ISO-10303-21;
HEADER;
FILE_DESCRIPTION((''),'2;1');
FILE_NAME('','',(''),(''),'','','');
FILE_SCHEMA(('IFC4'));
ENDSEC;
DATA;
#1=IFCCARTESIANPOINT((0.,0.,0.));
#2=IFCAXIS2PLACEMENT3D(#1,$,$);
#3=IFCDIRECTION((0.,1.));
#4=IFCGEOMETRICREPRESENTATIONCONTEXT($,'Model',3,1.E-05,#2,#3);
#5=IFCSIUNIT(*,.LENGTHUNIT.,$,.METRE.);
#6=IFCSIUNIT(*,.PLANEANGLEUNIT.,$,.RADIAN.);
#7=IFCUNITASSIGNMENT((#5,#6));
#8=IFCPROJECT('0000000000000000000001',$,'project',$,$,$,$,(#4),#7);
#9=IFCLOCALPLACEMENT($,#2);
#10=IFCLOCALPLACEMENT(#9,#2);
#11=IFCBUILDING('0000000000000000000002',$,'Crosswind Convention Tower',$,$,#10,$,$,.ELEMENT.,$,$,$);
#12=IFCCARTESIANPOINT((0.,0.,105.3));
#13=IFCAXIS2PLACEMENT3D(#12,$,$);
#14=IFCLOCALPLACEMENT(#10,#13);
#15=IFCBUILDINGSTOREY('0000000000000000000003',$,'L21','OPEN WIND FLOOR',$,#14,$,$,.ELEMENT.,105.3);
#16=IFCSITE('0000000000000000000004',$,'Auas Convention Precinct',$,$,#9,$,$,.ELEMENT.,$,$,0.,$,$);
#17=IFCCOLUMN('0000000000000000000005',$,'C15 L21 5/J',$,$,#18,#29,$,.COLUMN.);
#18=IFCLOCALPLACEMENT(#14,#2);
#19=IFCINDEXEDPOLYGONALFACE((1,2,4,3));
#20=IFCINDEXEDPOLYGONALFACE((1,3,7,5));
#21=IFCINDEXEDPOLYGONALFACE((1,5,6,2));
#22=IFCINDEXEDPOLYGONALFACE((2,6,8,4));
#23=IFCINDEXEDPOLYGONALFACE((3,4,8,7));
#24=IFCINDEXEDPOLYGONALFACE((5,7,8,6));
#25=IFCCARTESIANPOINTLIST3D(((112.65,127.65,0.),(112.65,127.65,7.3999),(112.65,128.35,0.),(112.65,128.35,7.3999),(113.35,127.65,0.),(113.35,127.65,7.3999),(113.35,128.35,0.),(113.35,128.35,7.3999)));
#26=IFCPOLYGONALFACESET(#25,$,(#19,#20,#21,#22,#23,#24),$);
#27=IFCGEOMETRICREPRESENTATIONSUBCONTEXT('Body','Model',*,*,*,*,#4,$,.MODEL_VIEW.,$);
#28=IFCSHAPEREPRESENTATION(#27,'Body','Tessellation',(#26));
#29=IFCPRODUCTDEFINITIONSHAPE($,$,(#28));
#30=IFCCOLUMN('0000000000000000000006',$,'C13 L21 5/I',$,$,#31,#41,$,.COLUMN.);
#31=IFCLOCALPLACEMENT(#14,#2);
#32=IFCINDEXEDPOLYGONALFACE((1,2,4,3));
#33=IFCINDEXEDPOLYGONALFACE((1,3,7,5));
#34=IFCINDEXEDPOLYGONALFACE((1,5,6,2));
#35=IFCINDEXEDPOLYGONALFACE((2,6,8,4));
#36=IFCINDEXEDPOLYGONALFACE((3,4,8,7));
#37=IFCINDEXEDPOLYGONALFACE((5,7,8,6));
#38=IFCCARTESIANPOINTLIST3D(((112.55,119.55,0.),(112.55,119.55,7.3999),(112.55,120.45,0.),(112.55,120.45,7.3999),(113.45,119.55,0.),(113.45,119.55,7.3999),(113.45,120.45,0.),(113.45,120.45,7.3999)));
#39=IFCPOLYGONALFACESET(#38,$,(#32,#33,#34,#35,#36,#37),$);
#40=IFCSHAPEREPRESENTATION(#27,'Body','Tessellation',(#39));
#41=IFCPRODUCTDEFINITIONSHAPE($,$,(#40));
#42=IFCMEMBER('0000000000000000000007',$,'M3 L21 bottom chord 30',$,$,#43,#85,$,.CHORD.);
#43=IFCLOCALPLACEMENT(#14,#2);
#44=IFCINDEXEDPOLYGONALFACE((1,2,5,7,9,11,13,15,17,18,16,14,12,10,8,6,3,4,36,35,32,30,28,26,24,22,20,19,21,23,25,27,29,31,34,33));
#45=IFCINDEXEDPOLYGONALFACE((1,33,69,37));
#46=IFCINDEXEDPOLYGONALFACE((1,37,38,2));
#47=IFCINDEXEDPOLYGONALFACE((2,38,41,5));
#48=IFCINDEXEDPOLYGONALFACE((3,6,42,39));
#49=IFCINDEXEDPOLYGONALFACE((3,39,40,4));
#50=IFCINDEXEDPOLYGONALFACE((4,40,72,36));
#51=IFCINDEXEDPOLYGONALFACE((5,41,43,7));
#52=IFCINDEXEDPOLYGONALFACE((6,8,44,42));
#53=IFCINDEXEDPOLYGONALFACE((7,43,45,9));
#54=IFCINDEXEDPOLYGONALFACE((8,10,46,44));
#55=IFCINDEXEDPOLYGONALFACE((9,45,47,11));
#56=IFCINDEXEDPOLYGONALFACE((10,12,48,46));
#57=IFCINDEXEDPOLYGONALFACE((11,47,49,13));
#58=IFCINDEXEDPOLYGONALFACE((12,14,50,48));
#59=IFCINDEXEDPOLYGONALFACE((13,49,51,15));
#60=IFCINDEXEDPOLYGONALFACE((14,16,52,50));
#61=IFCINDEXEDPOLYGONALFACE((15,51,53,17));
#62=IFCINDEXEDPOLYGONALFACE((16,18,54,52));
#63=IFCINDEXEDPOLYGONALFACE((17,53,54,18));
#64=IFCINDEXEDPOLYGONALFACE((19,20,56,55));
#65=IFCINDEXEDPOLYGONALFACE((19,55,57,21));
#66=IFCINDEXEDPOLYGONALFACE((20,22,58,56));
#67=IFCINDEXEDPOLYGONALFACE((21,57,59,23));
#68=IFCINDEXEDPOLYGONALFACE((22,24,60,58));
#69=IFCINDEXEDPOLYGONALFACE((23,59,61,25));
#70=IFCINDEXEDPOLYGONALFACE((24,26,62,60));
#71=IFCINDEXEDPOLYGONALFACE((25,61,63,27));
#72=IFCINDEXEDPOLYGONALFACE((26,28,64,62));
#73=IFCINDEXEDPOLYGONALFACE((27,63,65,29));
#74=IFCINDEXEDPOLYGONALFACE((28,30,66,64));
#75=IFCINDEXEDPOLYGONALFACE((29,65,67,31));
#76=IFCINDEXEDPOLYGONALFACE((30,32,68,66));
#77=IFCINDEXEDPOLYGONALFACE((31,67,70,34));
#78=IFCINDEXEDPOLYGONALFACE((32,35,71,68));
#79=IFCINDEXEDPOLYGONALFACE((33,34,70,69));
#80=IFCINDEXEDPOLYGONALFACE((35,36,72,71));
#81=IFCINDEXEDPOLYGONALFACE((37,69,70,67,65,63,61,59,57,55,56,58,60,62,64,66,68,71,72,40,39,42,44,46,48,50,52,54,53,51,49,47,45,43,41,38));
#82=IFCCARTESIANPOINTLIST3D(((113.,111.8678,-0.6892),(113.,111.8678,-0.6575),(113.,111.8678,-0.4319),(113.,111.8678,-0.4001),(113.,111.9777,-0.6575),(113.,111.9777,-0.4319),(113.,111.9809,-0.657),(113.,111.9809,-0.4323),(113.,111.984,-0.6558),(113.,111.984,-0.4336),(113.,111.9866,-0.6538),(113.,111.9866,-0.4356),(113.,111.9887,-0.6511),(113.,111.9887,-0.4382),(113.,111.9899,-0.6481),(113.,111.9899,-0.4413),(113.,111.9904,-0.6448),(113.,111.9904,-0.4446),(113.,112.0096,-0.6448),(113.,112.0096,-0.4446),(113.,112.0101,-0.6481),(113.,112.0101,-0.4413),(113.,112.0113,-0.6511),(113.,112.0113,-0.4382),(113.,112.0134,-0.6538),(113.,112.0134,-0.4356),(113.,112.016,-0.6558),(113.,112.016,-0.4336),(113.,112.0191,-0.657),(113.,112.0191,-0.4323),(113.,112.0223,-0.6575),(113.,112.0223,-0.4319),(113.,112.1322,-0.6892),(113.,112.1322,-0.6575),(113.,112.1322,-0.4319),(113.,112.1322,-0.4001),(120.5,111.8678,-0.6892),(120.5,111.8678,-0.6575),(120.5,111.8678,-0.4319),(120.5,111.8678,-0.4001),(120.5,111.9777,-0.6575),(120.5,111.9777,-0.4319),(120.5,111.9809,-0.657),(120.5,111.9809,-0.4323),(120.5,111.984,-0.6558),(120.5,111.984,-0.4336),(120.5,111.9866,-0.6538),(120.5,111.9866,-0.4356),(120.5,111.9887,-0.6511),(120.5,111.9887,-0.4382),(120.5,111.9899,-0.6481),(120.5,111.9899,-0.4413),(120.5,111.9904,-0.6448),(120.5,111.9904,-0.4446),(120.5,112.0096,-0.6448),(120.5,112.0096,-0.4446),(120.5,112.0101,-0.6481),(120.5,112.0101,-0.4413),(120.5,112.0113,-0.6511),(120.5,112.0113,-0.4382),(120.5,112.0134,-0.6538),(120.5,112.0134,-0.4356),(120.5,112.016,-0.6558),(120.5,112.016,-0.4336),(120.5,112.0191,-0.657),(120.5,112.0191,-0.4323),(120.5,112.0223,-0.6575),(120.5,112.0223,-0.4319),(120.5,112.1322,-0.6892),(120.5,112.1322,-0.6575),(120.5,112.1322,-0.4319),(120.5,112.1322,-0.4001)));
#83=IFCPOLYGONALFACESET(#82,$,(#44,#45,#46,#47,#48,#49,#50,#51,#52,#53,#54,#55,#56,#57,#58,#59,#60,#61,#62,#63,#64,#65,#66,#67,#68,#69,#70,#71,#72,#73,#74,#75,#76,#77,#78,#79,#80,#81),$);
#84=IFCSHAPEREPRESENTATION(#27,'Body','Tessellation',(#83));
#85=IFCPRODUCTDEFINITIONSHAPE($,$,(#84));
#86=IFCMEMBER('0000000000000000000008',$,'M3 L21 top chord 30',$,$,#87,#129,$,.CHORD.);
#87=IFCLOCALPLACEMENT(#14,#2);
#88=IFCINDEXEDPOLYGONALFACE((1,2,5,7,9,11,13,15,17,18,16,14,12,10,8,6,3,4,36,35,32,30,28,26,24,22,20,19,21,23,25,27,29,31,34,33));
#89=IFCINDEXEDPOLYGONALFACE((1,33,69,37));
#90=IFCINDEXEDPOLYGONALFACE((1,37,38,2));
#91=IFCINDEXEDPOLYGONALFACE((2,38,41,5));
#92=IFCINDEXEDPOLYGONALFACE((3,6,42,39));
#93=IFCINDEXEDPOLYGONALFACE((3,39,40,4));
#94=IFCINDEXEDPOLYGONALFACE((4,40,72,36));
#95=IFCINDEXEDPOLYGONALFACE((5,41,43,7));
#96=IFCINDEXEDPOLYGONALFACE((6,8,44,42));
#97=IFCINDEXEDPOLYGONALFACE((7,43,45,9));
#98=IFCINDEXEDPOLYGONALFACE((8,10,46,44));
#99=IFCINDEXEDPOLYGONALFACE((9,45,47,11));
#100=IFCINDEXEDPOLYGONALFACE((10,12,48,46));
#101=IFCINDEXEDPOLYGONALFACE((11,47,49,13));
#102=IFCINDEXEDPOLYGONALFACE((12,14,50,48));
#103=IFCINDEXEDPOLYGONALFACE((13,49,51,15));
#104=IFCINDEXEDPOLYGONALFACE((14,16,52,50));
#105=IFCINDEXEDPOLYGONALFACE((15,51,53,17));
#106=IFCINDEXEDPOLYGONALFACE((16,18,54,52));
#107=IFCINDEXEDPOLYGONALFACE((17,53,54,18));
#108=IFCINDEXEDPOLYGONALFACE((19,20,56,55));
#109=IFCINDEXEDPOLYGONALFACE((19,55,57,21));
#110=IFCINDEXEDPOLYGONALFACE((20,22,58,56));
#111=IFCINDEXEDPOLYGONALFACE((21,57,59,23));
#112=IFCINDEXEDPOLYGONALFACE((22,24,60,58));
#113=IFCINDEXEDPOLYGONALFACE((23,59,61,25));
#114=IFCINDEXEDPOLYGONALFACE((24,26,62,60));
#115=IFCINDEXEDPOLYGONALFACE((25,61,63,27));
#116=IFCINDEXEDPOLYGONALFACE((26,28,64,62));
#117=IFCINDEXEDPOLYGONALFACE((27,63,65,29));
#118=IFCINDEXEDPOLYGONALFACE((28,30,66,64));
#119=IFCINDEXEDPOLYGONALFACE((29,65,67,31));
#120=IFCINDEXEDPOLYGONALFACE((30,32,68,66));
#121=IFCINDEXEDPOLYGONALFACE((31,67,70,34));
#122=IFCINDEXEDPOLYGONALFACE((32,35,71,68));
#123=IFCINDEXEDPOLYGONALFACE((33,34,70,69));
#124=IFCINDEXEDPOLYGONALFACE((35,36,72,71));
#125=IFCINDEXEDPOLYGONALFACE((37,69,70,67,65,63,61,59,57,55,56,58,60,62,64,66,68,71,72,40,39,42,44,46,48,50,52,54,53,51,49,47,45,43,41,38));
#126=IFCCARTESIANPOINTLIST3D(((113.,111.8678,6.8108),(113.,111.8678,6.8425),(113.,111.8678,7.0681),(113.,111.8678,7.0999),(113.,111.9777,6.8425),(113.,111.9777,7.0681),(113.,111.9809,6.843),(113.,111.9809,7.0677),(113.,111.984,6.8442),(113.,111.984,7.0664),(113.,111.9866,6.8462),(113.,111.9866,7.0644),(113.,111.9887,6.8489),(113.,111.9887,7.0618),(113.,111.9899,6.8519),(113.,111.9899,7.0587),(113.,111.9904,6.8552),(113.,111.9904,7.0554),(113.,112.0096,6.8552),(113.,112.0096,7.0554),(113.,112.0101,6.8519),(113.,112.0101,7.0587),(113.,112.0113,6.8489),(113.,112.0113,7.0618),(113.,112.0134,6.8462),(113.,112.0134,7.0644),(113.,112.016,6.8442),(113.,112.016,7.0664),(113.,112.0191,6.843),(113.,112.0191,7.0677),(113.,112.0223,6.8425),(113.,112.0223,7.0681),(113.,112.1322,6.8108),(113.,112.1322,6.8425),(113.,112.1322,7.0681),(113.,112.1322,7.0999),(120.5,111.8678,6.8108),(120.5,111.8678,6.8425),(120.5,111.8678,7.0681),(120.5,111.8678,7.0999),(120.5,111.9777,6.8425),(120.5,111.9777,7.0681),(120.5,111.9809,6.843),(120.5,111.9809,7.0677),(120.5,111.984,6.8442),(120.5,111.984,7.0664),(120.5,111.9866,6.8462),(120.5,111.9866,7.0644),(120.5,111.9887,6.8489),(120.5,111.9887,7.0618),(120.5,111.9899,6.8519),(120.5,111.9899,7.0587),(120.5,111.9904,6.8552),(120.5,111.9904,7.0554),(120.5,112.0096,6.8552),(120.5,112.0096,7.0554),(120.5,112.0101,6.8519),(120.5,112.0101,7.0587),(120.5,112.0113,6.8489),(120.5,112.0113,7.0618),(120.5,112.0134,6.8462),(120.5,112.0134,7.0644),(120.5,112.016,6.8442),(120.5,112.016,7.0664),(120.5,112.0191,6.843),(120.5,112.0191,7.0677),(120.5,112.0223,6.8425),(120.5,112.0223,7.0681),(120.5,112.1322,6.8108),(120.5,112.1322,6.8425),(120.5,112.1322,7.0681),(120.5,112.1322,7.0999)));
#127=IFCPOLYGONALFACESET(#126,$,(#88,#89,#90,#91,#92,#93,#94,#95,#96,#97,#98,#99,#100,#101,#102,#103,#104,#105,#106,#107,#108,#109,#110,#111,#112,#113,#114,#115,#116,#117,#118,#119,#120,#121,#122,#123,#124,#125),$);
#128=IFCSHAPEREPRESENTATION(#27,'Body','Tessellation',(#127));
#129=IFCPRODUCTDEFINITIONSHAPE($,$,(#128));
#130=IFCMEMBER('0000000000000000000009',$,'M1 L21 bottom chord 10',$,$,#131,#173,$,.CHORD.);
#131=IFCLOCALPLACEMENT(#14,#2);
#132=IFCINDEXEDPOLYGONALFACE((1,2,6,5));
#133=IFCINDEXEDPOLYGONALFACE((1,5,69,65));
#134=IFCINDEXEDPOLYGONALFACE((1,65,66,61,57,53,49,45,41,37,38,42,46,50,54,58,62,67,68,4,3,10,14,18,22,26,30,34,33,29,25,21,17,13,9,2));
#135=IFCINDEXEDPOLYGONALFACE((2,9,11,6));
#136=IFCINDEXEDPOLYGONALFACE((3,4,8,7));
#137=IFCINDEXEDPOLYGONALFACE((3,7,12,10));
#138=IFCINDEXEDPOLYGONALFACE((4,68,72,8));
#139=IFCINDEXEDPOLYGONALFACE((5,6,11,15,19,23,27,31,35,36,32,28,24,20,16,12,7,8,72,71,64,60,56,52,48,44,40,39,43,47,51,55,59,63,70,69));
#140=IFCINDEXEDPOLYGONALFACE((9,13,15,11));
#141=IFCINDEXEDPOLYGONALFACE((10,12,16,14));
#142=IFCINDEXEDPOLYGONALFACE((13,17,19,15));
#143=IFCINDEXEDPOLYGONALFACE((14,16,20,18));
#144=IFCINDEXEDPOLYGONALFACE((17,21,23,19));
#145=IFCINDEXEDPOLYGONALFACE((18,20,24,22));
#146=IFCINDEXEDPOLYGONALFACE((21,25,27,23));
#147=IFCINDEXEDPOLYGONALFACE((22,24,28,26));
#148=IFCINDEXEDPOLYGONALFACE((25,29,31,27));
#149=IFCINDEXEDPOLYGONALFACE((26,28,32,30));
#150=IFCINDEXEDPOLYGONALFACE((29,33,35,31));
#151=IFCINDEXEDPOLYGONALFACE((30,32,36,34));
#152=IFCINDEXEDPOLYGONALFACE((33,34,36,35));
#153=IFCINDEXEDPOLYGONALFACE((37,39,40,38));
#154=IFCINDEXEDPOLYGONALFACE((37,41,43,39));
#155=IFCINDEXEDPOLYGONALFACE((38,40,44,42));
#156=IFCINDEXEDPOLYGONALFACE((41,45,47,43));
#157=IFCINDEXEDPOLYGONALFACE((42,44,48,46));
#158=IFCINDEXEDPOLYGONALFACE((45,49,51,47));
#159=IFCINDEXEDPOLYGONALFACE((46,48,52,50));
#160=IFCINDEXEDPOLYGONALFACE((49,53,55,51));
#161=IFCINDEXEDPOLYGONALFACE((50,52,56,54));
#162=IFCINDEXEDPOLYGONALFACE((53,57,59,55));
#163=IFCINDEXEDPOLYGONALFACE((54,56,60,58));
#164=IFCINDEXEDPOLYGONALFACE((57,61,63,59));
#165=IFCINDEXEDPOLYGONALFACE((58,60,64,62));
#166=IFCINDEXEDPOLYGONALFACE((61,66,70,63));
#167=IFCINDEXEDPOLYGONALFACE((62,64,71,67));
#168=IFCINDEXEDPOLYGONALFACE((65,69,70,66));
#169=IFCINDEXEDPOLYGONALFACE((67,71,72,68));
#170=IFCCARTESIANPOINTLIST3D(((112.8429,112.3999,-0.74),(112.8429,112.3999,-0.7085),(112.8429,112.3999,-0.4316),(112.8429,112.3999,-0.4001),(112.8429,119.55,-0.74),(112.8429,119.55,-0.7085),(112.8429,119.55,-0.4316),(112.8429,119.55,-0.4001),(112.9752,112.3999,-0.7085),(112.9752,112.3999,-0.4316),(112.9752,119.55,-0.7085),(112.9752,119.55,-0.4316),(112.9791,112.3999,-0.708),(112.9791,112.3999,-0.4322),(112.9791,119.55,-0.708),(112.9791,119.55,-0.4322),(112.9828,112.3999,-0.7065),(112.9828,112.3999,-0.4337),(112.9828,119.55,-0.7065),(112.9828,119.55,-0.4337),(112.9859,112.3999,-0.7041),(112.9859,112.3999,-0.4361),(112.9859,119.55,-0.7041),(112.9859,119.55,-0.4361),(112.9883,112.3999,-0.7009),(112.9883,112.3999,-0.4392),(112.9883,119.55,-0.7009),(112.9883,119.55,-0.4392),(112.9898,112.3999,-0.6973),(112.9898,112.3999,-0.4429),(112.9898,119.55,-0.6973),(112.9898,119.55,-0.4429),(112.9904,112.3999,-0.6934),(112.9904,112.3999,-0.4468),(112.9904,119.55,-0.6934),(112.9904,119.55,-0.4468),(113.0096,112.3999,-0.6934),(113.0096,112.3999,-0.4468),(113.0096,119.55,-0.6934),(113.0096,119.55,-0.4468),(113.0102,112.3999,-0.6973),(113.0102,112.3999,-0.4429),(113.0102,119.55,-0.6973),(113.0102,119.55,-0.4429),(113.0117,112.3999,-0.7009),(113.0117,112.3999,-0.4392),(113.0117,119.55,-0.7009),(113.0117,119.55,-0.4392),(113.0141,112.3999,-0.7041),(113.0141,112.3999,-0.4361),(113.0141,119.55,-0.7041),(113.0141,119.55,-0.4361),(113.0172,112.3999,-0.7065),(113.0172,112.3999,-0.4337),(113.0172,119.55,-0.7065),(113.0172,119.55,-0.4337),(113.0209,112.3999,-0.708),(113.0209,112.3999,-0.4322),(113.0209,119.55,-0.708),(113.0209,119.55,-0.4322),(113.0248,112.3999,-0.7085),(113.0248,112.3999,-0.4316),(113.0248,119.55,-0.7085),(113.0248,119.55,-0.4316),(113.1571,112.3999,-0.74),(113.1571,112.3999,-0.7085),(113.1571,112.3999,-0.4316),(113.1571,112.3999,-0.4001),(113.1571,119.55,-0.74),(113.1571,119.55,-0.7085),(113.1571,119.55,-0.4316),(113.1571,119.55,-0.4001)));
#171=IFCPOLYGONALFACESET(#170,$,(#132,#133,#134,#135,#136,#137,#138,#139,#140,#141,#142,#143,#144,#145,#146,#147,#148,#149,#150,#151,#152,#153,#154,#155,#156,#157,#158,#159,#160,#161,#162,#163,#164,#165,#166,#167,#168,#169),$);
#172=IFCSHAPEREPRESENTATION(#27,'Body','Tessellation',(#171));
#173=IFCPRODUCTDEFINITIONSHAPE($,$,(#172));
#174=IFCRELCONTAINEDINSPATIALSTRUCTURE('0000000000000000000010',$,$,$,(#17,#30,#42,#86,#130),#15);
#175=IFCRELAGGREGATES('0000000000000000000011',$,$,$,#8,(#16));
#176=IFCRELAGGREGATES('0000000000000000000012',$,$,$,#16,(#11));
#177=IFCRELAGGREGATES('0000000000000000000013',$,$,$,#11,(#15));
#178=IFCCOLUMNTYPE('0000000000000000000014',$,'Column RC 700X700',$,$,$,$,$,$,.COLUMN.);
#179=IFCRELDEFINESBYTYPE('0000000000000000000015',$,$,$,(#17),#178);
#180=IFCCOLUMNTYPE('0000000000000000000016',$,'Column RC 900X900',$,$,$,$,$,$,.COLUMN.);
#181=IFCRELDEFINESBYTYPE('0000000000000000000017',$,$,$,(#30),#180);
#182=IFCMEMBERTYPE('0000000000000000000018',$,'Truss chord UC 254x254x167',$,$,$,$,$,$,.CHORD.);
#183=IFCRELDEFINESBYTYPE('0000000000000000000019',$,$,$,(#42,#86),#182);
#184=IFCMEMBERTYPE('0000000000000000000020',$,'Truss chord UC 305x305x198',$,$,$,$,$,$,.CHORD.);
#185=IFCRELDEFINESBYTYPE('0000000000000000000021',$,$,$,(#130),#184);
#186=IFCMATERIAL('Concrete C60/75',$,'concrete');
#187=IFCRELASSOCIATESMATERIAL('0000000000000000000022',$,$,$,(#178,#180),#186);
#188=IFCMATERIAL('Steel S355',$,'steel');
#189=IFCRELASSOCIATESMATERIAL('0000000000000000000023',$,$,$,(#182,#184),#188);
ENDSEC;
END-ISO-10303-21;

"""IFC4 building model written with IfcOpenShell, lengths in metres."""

from ifc_helpers import new_model, si_unit, direction, frame, origin, origin_2d, place, context, subcontext, project, spatial, rectangle, i_section, extrude, material, material_profile, profile_set, type_object, element, save


model = new_model("IFC4")

# Units and contexts
model_context = context("Model", 3, precision=1e-05, world=origin(), true_north=direction((0.0, 1.0)))
body_context = subcontext(model_context, "Body", "Model", "MODEL_VIEW")
ifc_project = project(units=[si_unit("LENGTHUNIT", "METRE"), si_unit("PLANEANGLEUNIT", "RADIAN")], contexts=[model_context])

# Site, building, storey
site_placement = place(None, origin())
site = spatial("IfcSite", under=ifc_project, at=site_placement, Name="Auas Convention Precinct", CompositionType="ELEMENT", RefElevation=0.0)
building_placement = place(site_placement, origin())
building = spatial("IfcBuilding", under=site, at=building_placement, Name="Crosswind Convention Tower", CompositionType="ELEMENT")
storey_placement = place(building_placement, frame((0.0, 0.0, 105.3)))
storey = spatial("IfcBuildingStorey", under=building, at=storey_placement, Name="L21", Description="OPEN WIND FLOOR", CompositionType="ELEMENT", Elevation=105.3)

# Columns
ifc_material_1 = material(Name="Concrete C60/75", Category="concrete")
ifc_material_profile_1 = material_profile(ifc_material_1, rectangle(XDim=0.7, YDim=0.7, at=origin_2d()), Name="RC 700X700")
ifc_profile_set_1 = profile_set([ifc_material_profile_1], Name="Concrete C60/75")
column_type_1 = type_object("IfcColumnType", Name="Column RC 700X700", PredefinedType="COLUMN", material=ifc_profile_set_1)
column_1_placement = place(storey_placement, frame((113.0, 128.0, 0.0), z_axis=(0.0, 0.0, 1.0), x_axis=(1.0, 0.0, 0.0)))
element("IfcColumn", 1, at=column_1_placement, inside=storey, type_object=column_type_1, Name="C15 L21 5/J", PredefinedType="COLUMN", context=body_context, shape_type="SweptSolid", body=[
    extrude(rectangle(XDim=0.7, YDim=0.7, at=origin_2d()), origin(), (0.0, 0.0, 1.0), 7.3999),
])
ifc_material_profile_2 = material_profile(ifc_material_1, rectangle(XDim=0.8999, YDim=0.8999, at=origin_2d()), Name="RC 900X900")
ifc_profile_set_2 = profile_set([ifc_material_profile_2], Name="Concrete C60/75")
column_type_2 = type_object("IfcColumnType", Name="Column RC 900X900", PredefinedType="COLUMN", material=ifc_profile_set_2)
column_2_placement = place(storey_placement, frame((113.0, 120.0, 0.0), z_axis=(0.0, 0.0, 1.0), x_axis=(1.0, 0.0, 0.0)))
element("IfcColumn", 2, at=column_2_placement, inside=storey, type_object=column_type_2, Name="C13 L21 5/I", PredefinedType="COLUMN", context=body_context, shape_type="SweptSolid", body=[
    extrude(rectangle(XDim=0.8999, YDim=0.8999, at=origin_2d()), origin(), (0.0, 0.0, 1.0), 7.3999),
])

# Members
ifc_material_2 = material(Name="Steel S355", Category="steel")
ifc_material_profile_3 = material_profile(ifc_material_2, i_section(OverallWidth=0.2644, OverallDepth=0.2891, WebThickness=0.0193, FlangeThickness=0.0317, FilletRadius=0.0127, at=origin_2d()), Name="UC 254x254x167")
ifc_profile_set_3 = profile_set([ifc_material_profile_3], Name="Steel S355")
member_type_1 = type_object("IfcMemberType", Name="Truss chord UC 254x254x167", PredefinedType="CHORD", material=ifc_profile_set_3)
for number, where, z_axis, x_axis, name in (
    (3, (113.0, 112.0, -0.5447), (1.0, 0.0, 0.0), (0.0, 1.0, 0.0), "M3 L21 bottom chord 30"),
    (4, (113.0, 112.0, 6.9553), (1.0, 0.0, 0.0), (0.0, 1.0, 0.0), "M3 L21 top chord 30"),
):
    element("IfcMember", number, at=place(storey_placement, frame(where, z_axis=z_axis, x_axis=x_axis)), inside=storey, type_object=member_type_1, Name=name, PredefinedType="CHORD", context=body_context, shape_type="SweptSolid", body=[
        extrude(i_section(OverallWidth=0.2644, OverallDepth=0.2891, WebThickness=0.0193, FlangeThickness=0.0317, FilletRadius=0.0127, at=origin_2d()), origin(), (0.0, 0.0, 1.0), 7.5),
    ])
ifc_material_profile_4 = material_profile(ifc_material_2, i_section(OverallWidth=0.3142, OverallDepth=0.3398, WebThickness=0.0193, FlangeThickness=0.0315, FilletRadius=0.0151, at=origin_2d()), Name="UC 305x305x198")
ifc_profile_set_4 = profile_set([ifc_material_profile_4], Name="Steel S355")
member_type_2 = type_object("IfcMemberType", Name="Truss chord UC 305x305x198", PredefinedType="CHORD", material=ifc_profile_set_4)
for number, where, z_axis, x_axis, name in (
    (5, (113.0, 112.3999, -0.5701), (0.0, 1.0, 0.0), (-1.0, 0.0, 0.0), "M1 L21 bottom chord 10"),
):
    element("IfcMember", number, at=place(storey_placement, frame(where, z_axis=z_axis, x_axis=x_axis)), inside=storey, type_object=member_type_2, Name=name, PredefinedType="CHORD", context=body_context, shape_type="SweptSolid", body=[
        extrude(i_section(OverallWidth=0.3142, OverallDepth=0.3398, WebThickness=0.0193, FlangeThickness=0.0315, FilletRadius=0.0151, at=origin_2d()), origin(), (0.0, 0.0, 1.0), 7.1501),
    ])

save(model, "model.ifc")
